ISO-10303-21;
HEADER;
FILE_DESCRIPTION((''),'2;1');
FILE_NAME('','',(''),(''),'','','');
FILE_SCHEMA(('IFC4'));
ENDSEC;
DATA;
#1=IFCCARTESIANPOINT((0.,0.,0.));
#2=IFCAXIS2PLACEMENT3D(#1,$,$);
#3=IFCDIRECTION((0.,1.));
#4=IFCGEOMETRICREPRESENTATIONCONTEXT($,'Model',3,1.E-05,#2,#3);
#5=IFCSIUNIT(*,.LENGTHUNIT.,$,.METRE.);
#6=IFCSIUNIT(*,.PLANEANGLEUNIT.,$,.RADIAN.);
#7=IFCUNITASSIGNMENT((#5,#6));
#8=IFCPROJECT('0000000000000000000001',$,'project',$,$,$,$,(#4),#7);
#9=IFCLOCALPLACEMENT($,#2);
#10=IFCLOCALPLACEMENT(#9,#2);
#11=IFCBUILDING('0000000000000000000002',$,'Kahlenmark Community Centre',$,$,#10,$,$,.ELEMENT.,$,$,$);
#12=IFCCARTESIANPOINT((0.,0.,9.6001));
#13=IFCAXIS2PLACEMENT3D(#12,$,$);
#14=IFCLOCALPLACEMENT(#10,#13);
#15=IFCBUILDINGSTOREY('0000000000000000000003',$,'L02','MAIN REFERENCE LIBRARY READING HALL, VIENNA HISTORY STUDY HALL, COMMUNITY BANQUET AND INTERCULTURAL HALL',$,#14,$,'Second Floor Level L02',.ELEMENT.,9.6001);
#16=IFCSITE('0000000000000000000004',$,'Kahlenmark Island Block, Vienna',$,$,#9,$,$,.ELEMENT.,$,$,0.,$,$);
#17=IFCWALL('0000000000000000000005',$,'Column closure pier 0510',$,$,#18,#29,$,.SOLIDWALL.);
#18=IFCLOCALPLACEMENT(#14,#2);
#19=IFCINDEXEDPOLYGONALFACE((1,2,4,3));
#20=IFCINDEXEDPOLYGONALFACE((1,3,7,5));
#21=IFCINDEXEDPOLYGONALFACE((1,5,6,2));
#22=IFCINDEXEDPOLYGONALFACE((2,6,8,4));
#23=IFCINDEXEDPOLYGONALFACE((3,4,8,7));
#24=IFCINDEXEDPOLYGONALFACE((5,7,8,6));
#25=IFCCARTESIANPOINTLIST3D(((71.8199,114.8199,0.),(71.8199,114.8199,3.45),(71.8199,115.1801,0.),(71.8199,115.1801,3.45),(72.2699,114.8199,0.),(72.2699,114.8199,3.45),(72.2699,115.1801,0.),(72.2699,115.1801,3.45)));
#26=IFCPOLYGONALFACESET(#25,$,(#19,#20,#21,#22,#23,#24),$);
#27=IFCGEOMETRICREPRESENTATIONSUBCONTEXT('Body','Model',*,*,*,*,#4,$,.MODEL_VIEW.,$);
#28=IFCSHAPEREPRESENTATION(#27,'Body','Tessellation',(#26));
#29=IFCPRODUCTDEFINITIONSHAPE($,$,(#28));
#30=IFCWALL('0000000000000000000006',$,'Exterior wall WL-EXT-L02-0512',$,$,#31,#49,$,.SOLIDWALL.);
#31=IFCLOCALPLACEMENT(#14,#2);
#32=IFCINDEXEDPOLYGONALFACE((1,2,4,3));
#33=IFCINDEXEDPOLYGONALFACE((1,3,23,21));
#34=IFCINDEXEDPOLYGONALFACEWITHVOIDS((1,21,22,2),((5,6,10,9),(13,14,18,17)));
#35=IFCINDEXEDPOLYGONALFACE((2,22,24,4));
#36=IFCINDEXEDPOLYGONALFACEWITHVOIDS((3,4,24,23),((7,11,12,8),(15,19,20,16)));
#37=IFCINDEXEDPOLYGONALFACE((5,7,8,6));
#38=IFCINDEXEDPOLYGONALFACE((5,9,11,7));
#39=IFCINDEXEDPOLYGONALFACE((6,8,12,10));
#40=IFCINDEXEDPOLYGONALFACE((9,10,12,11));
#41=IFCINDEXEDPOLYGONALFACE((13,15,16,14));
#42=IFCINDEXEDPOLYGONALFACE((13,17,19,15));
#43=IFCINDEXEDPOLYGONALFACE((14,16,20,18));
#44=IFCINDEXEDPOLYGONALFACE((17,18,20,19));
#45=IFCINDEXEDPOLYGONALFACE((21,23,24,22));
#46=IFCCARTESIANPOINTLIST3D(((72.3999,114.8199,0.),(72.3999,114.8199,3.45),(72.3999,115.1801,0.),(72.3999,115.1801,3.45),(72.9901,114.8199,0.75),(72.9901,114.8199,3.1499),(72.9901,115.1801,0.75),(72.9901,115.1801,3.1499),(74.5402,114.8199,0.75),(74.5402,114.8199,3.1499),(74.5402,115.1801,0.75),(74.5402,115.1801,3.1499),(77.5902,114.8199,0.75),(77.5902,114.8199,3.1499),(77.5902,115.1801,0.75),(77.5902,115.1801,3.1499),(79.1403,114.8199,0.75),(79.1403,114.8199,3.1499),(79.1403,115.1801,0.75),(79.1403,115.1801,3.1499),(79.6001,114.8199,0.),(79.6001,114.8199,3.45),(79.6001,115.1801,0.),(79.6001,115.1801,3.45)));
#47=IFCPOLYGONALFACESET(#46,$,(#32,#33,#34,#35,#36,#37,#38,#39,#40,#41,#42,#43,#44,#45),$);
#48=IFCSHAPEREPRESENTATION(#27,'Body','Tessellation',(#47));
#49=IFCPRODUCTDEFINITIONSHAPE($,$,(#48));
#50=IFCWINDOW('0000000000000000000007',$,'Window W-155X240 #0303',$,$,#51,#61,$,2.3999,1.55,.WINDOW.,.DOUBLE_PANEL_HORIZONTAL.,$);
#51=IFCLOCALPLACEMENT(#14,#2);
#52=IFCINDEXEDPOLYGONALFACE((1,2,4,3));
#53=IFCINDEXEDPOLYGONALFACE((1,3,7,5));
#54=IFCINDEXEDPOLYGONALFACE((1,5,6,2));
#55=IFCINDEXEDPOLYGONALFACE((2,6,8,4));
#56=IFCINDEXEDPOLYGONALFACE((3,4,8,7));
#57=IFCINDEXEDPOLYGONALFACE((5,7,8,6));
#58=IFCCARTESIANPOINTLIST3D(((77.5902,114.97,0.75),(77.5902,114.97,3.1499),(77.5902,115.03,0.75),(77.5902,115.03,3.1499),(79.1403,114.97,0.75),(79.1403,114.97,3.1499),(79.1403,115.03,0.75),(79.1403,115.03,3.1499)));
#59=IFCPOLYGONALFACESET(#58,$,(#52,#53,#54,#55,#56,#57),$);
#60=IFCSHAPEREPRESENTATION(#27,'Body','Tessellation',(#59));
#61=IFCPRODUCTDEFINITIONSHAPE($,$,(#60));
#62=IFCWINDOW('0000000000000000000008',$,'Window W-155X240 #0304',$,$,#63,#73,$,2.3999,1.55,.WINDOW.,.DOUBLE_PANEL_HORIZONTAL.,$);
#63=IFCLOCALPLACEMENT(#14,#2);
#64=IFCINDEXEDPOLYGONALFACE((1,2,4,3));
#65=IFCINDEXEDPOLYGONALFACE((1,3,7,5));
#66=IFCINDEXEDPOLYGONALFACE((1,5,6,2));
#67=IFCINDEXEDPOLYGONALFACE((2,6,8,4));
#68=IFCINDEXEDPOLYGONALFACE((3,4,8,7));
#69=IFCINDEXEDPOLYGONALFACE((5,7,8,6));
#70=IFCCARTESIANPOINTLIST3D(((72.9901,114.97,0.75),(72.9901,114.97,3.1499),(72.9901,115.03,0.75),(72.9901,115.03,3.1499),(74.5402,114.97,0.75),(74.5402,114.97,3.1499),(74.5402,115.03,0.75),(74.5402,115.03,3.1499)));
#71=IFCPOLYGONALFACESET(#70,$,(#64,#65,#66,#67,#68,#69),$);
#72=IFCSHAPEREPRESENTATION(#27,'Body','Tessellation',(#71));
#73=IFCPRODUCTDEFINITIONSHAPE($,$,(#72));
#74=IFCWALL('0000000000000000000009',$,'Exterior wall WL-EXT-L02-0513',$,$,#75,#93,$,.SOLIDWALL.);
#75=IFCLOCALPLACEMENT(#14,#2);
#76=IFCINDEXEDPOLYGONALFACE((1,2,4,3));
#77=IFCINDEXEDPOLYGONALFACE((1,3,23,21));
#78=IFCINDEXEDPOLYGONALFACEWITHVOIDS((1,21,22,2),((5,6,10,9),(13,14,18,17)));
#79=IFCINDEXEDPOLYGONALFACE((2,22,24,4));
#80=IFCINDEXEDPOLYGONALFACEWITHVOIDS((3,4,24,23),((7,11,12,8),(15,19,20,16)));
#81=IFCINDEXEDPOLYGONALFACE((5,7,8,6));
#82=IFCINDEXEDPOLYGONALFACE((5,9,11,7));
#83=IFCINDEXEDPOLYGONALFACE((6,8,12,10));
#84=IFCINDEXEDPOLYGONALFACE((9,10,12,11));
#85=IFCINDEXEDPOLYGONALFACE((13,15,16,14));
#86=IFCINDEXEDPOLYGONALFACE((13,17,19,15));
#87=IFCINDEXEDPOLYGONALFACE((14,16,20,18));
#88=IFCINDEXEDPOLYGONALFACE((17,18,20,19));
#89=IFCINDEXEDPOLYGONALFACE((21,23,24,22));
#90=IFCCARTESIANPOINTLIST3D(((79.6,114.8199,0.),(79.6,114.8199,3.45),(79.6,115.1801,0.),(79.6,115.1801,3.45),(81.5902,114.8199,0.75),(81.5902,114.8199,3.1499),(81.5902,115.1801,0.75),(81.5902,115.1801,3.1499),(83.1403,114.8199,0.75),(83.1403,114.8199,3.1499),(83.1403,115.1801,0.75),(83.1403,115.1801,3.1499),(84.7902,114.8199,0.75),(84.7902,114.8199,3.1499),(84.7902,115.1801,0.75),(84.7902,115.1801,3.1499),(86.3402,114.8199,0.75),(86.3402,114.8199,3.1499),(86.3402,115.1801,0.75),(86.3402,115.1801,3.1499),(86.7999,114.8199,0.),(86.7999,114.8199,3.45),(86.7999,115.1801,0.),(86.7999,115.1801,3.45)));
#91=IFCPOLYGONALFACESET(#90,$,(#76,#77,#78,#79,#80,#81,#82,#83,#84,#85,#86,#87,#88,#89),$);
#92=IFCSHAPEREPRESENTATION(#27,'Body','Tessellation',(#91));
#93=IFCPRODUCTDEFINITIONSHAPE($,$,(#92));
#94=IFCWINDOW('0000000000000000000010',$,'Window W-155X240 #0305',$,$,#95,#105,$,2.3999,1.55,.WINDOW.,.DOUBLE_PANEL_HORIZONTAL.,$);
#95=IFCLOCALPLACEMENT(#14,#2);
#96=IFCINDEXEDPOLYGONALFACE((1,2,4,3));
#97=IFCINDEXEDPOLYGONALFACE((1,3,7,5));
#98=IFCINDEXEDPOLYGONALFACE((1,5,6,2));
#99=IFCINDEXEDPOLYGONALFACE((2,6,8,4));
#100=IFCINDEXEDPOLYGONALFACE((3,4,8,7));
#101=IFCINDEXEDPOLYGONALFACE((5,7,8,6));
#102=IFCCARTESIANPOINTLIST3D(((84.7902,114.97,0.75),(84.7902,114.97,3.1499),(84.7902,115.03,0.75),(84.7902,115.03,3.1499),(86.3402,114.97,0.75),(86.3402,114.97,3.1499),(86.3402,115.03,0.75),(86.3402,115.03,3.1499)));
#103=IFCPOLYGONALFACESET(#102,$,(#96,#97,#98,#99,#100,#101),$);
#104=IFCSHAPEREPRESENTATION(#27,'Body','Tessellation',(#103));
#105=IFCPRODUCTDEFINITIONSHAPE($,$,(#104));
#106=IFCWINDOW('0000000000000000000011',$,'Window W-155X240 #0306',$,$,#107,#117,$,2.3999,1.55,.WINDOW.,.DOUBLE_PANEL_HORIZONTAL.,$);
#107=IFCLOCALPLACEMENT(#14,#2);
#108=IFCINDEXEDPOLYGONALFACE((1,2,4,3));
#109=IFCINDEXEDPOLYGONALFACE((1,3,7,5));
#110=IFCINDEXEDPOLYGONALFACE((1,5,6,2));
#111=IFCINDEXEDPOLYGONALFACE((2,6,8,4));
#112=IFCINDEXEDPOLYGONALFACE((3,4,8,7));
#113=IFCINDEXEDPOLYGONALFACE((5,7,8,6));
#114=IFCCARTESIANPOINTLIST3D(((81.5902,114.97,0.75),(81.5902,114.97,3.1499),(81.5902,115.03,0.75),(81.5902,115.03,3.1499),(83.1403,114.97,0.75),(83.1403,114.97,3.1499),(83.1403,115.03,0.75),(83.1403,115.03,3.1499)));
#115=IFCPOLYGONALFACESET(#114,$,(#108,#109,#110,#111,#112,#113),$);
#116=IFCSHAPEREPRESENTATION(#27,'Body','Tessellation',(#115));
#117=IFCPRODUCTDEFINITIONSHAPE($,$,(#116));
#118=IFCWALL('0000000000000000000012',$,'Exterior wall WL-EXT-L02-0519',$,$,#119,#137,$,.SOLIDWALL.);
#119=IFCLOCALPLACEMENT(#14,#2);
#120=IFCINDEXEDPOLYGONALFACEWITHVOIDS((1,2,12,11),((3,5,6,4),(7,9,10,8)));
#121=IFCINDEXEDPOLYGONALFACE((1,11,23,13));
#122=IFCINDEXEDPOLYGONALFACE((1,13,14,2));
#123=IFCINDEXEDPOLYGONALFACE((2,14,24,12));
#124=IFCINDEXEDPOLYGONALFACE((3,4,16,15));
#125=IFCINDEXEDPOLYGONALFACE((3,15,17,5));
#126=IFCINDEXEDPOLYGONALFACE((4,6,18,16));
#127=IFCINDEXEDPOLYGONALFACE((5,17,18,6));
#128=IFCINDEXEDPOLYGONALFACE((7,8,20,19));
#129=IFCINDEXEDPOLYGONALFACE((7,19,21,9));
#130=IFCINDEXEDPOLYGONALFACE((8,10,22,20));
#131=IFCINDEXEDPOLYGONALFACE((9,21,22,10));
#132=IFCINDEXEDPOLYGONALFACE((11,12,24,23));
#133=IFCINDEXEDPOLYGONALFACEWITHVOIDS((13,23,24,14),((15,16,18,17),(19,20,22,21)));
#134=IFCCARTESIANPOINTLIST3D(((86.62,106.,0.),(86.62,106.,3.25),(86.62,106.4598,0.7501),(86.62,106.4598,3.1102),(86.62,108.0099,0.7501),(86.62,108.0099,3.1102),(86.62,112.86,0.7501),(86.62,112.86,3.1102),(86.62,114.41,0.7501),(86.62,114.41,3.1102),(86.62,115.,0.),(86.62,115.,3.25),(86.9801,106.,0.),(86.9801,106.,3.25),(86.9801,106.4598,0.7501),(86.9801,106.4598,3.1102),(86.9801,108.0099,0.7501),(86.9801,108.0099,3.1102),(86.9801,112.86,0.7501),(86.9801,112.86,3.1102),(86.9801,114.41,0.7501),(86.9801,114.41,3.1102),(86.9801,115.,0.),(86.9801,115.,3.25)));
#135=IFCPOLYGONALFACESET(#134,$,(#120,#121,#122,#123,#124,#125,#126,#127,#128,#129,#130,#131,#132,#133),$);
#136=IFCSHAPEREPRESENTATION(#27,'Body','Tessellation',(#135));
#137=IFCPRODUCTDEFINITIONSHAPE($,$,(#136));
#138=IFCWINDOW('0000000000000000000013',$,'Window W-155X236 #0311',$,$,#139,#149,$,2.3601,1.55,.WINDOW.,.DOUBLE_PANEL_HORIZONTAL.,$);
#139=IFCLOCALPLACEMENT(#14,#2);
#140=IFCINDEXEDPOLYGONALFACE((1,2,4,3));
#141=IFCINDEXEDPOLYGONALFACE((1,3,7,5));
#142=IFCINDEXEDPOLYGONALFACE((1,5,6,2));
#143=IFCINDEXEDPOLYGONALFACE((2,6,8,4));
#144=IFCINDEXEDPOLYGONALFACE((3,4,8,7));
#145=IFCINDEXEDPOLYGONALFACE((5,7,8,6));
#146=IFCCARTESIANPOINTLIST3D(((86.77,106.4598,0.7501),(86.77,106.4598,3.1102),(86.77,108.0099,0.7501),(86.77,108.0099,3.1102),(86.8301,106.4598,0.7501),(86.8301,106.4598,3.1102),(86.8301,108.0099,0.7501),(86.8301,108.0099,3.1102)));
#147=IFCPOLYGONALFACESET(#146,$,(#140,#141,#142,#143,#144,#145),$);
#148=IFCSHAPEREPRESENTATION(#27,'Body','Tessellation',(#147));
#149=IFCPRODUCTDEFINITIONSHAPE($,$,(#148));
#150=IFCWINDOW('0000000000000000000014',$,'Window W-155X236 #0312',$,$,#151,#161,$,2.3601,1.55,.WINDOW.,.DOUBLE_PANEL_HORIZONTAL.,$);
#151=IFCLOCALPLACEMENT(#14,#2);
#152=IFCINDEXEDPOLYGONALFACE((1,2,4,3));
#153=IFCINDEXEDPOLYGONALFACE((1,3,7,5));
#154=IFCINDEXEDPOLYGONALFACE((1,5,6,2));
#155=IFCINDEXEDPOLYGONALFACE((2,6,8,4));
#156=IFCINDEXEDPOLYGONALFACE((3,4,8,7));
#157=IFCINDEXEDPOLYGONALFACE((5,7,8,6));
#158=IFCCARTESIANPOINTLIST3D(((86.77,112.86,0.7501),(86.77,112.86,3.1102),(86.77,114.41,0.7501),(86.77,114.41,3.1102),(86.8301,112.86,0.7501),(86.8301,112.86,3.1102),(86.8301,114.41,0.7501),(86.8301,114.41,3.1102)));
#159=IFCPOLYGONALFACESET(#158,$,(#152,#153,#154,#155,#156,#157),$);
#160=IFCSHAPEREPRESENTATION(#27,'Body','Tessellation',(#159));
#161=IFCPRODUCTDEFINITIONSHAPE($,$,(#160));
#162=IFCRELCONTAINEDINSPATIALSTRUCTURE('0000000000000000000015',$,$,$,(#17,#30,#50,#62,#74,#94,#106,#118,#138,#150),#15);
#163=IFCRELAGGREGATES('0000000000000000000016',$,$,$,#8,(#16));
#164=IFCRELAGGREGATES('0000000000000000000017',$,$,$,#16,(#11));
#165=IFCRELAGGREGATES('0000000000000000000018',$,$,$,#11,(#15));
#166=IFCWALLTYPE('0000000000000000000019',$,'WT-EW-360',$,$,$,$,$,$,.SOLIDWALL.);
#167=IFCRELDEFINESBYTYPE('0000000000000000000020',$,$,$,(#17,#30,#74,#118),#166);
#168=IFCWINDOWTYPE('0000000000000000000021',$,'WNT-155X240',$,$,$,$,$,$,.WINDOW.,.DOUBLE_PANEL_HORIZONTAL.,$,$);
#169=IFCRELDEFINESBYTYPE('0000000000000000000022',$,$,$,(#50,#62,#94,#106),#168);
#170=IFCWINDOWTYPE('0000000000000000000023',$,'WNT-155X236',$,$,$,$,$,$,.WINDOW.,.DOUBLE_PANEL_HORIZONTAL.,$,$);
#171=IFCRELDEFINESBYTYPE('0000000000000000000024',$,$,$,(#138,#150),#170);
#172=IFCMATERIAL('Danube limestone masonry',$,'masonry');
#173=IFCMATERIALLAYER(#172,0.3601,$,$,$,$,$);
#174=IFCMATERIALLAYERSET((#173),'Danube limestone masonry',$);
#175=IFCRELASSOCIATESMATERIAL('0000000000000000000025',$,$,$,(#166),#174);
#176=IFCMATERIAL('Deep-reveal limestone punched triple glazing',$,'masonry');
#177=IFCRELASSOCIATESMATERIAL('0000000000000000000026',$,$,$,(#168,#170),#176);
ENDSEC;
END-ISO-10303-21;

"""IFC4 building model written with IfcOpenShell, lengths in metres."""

from ifc_helpers import new_model, si_unit, direction, frame, frame_2d, origin, place, context, subcontext, project, spatial, rectangle, extrude, material, layer, layer_set, type_object, element, fill, save


model = new_model("IFC4")

# Units and contexts
model_context = context("Model", 3, precision=1e-05, world=origin(), true_north=direction((0.0, 1.0)))
body_context = subcontext(model_context, "Body", "Model", "MODEL_VIEW")
ifc_project = project(units=[si_unit("LENGTHUNIT", "METRE"), si_unit("PLANEANGLEUNIT", "RADIAN")], contexts=[model_context])

# Site, building, storey
site_placement = place(None, origin())
site = spatial("IfcSite", under=ifc_project, at=site_placement, Name="Kahlenmark Island Block, Vienna", CompositionType="ELEMENT", RefElevation=0.0)
building_placement = place(site_placement, origin())
building = spatial("IfcBuilding", under=site, at=building_placement, Name="Kahlenmark Community Centre", CompositionType="ELEMENT")
storey_placement = place(building_placement, frame((0.0, 0.0, 9.6001)))
storey = spatial("IfcBuildingStorey", under=building, at=storey_placement, Name="L02", Description="MAIN REFERENCE LIBRARY READING HALL, VIENNA HISTORY STUDY HALL, COMMUNITY BANQUET AND INTERCULTURAL HALL", LongName="Second Floor Level L02", CompositionType="ELEMENT", Elevation=9.6001)

# Wall
ifc_material_1 = material(Name="Danube limestone masonry", Category="masonry")
ifc_layer_1 = layer(ifc_material_1, 0.3601)
ifc_layer_set_1 = layer_set([ifc_layer_1], Name="Danube limestone masonry")
wall_type_1 = type_object("IfcWallType", Name="WT-EW-360", PredefinedType="SOLIDWALL", material=ifc_layer_set_1)
wall_1_placement = place(storey_placement, frame((72.27, 115.0, 0.0), z_axis=(0.0, 0.0, 1.0), x_axis=(-1.0, 0.0, 0.0)))
element("IfcWall", 1, at=wall_1_placement, inside=storey, type_object=wall_type_1, Name="Column closure pier 0510", PredefinedType="SOLIDWALL", context=body_context, shape_type="SweptSolid", body=[
    extrude(rectangle(XDim=0.45, YDim=0.3601, at=frame_2d((0.2251, 0.0))), origin(), (0.0, 0.0, 1.0), 3.45),
])

# Walls, openings, windows
wall_2_placement = place(storey_placement, frame((79.6001, 115.0, 0.0), z_axis=(0.0, 0.0, 1.0), x_axis=(-1.0, 0.0, 0.0)))
wall_2 = element("IfcWall", 2, at=wall_2_placement, inside=storey, type_object=wall_type_1, Name="Exterior wall WL-EXT-L02-0512", PredefinedType="SOLIDWALL", context=body_context, shape_type="SweptSolid", body=[
    extrude(rectangle(XDim=7.2002, YDim=0.3601, at=frame_2d((3.6001, 0.0))), origin(), (0.0, 0.0, 1.0), 3.45),
])
opening_1_placement = place(wall_2_placement, frame((0.46, 0.0, 0.75)))
opening_1 = element("IfcOpeningElement", 3, at=opening_1_placement, cuts=wall_2, PredefinedType="OPENING", context=body_context, shape_type="SweptSolid", body=[
    extrude(rectangle(XDim=1.55, YDim=2.3999, at=frame_2d((0.7749, 1.2))), frame((0.0, 0.1899, 0.0), z_axis=(0.0, -1.0, 0.0), x_axis=(1.0, 0.0, 0.0)), (0.0, 0.0, 1.0), 0.3801),
])
opening_2_placement = place(wall_2_placement, frame((5.0601, 0.0, 0.75)))
opening_2 = element("IfcOpeningElement", 4, at=opening_2_placement, cuts=wall_2, PredefinedType="OPENING", context=body_context, shape_type="SweptSolid", body=[
    extrude(rectangle(XDim=1.55, YDim=2.3999, at=frame_2d((0.7749, 1.2))), frame((0.0, 0.1899, 0.0), z_axis=(0.0, -1.0, 0.0), x_axis=(1.0, 0.0, 0.0)), (0.0, 0.0, 1.0), 0.3801),
])
ifc_material_2 = material(Name="Deep-reveal limestone punched triple glazing", Category="masonry")
window_type_1 = type_object("IfcWindowType", Name="WNT-155X240", PartitioningType="DOUBLE_PANEL_HORIZONTAL", PredefinedType="WINDOW", material=ifc_material_2)
window_1_placement = place(opening_1_placement, origin())
window_1 = element("IfcWindow", 5, at=window_1_placement, inside=storey, type_object=window_type_1, Name="Window W-155X240 #0303", OverallHeight=2.3999, OverallWidth=1.55, PartitioningType="DOUBLE_PANEL_HORIZONTAL", PredefinedType="WINDOW", context=body_context, shape_type="SweptSolid", body=[
    extrude(rectangle(XDim=1.55, YDim=2.3999, at=frame_2d((0.7749, 1.2))), frame((0.0, 0.03, 0.0), z_axis=(0.0, -1.0, 0.0), x_axis=(1.0, 0.0, 0.0)), (0.0, 0.0, 1.0), 0.0601),
])
fill(opening_1, window_1)
window_2_placement = place(opening_2_placement, origin())
window_2 = element("IfcWindow", 6, at=window_2_placement, inside=storey, type_object=window_type_1, Name="Window W-155X240 #0304", OverallHeight=2.3999, OverallWidth=1.55, PartitioningType="DOUBLE_PANEL_HORIZONTAL", PredefinedType="WINDOW", context=body_context, shape_type="SweptSolid", body=[
    extrude(rectangle(XDim=1.55, YDim=2.3999, at=frame_2d((0.7749, 1.2))), frame((0.0, 0.03, 0.0), z_axis=(0.0, -1.0, 0.0), x_axis=(1.0, 0.0, 0.0)), (0.0, 0.0, 1.0), 0.0601),
])
fill(opening_2, window_2)
wall_3_placement = place(storey_placement, frame((86.8, 115.0, 0.0), z_axis=(0.0, 0.0, 1.0), x_axis=(-1.0, 0.0, 0.0)))
wall_3 = element("IfcWall", 7, at=wall_3_placement, inside=storey, type_object=wall_type_1, Name="Exterior wall WL-EXT-L02-0513", PredefinedType="SOLIDWALL", context=body_context, shape_type="SweptSolid", body=[
    extrude(rectangle(XDim=7.2, YDim=0.3601, at=frame_2d((3.6001, 0.0))), origin(), (0.0, 0.0, 1.0), 3.45),
])
opening_3_placement = place(wall_3_placement, frame((0.46, 0.0, 0.75)))
opening_3 = element("IfcOpeningElement", 8, at=opening_3_placement, cuts=wall_3, PredefinedType="OPENING", context=body_context, shape_type="SweptSolid", body=[
    extrude(rectangle(XDim=1.55, YDim=2.3999, at=frame_2d((0.7749, 1.2))), frame((0.0, 0.1899, 0.0), z_axis=(0.0, -1.0, 0.0), x_axis=(1.0, 0.0, 0.0)), (0.0, 0.0, 1.0), 0.3801),
])
opening_4_placement = place(wall_3_placement, frame((3.6599, 0.0, 0.75)))
opening_4 = element("IfcOpeningElement", 9, at=opening_4_placement, cuts=wall_3, PredefinedType="OPENING", context=body_context, shape_type="SweptSolid", body=[
    extrude(rectangle(XDim=1.55, YDim=2.3999, at=frame_2d((0.7749, 1.2))), frame((0.0, 0.1899, 0.0), z_axis=(0.0, -1.0, 0.0), x_axis=(1.0, 0.0, 0.0)), (0.0, 0.0, 1.0), 0.3801),
])
window_3_placement = place(opening_3_placement, origin())
window_3 = element("IfcWindow", 10, at=window_3_placement, inside=storey, type_object=window_type_1, Name="Window W-155X240 #0305", OverallHeight=2.3999, OverallWidth=1.55, PartitioningType="DOUBLE_PANEL_HORIZONTAL", PredefinedType="WINDOW", context=body_context, shape_type="SweptSolid", body=[
    extrude(rectangle(XDim=1.55, YDim=2.3999, at=frame_2d((0.7749, 1.2))), frame((0.0, 0.03, 0.0), z_axis=(0.0, -1.0, 0.0), x_axis=(1.0, 0.0, 0.0)), (0.0, 0.0, 1.0), 0.0601),
])
fill(opening_3, window_3)
window_4_placement = place(opening_4_placement, origin())
window_4 = element("IfcWindow", 11, at=window_4_placement, inside=storey, type_object=window_type_1, Name="Window W-155X240 #0306", OverallHeight=2.3999, OverallWidth=1.55, PartitioningType="DOUBLE_PANEL_HORIZONTAL", PredefinedType="WINDOW", context=body_context, shape_type="SweptSolid", body=[
    extrude(rectangle(XDim=1.55, YDim=2.3999, at=frame_2d((0.7749, 1.2))), frame((0.0, 0.03, 0.0), z_axis=(0.0, -1.0, 0.0), x_axis=(1.0, 0.0, 0.0)), (0.0, 0.0, 1.0), 0.0601),
])
fill(opening_4, window_4)
wall_4_placement = place(storey_placement, frame((86.8, 106.0, 0.0), z_axis=(0.0, 0.0, 1.0), x_axis=(0.0, 1.0, 0.0)))
wall_4 = element("IfcWall", 12, at=wall_4_placement, inside=storey, type_object=wall_type_1, Name="Exterior wall WL-EXT-L02-0519", PredefinedType="SOLIDWALL", context=body_context, shape_type="SweptSolid", body=[
    extrude(rectangle(XDim=9.0, YDim=0.3601, at=frame_2d((4.5, 0.0))), origin(), (0.0, 0.0, 1.0), 3.25),
])
opening_5_placement = place(wall_4_placement, frame((0.46, 0.0, 0.75)))
opening_5 = element("IfcOpeningElement", 13, at=opening_5_placement, cuts=wall_4, PredefinedType="OPENING", context=body_context, shape_type="SweptSolid", body=[
    extrude(rectangle(XDim=1.55, YDim=2.3601, at=frame_2d((0.7749, 1.1802))), frame((0.0, 0.1899, 0.0), z_axis=(0.0, -1.0, 0.0), x_axis=(1.0, 0.0, 0.0)), (0.0, 0.0, 1.0), 0.3801),
])
opening_6_placement = place(wall_4_placement, frame((6.8601, 0.0, 0.75)))
opening_6 = element("IfcOpeningElement", 14, at=opening_6_placement, cuts=wall_4, PredefinedType="OPENING", context=body_context, shape_type="SweptSolid", body=[
    extrude(rectangle(XDim=1.55, YDim=2.3601, at=frame_2d((0.7749, 1.1802))), frame((0.0, 0.1899, 0.0), z_axis=(0.0, -1.0, 0.0), x_axis=(1.0, 0.0, 0.0)), (0.0, 0.0, 1.0), 0.3801),
])
window_type_2 = type_object("IfcWindowType", Name="WNT-155X236", PartitioningType="DOUBLE_PANEL_HORIZONTAL", PredefinedType="WINDOW", material=ifc_material_2)
window_5_placement = place(opening_5_placement, origin())
window_5 = element("IfcWindow", 15, at=window_5_placement, inside=storey, type_object=window_type_2, Name="Window W-155X236 #0311", OverallHeight=2.3601, OverallWidth=1.55, PartitioningType="DOUBLE_PANEL_HORIZONTAL", PredefinedType="WINDOW", context=body_context, shape_type="SweptSolid", body=[
    extrude(rectangle(XDim=1.55, YDim=2.3601, at=frame_2d((0.7749, 1.1802))), frame((0.0, 0.03, 0.0), z_axis=(0.0, -1.0, 0.0), x_axis=(1.0, 0.0, 0.0)), (0.0, 0.0, 1.0), 0.0601),
])
fill(opening_5, window_5)
window_6_placement = place(opening_6_placement, origin())
window_6 = element("IfcWindow", 16, at=window_6_placement, inside=storey, type_object=window_type_2, Name="Window W-155X236 #0312", OverallHeight=2.3601, OverallWidth=1.55, PartitioningType="DOUBLE_PANEL_HORIZONTAL", PredefinedType="WINDOW", context=body_context, shape_type="SweptSolid", body=[
    extrude(rectangle(XDim=1.55, YDim=2.3601, at=frame_2d((0.7749, 1.1802))), frame((0.0, 0.03, 0.0), z_axis=(0.0, -1.0, 0.0), x_axis=(1.0, 0.0, 0.0)), (0.0, 0.0, 1.0), 0.0601),
])
fill(opening_6, window_6)

save(model, "model.ifc")
